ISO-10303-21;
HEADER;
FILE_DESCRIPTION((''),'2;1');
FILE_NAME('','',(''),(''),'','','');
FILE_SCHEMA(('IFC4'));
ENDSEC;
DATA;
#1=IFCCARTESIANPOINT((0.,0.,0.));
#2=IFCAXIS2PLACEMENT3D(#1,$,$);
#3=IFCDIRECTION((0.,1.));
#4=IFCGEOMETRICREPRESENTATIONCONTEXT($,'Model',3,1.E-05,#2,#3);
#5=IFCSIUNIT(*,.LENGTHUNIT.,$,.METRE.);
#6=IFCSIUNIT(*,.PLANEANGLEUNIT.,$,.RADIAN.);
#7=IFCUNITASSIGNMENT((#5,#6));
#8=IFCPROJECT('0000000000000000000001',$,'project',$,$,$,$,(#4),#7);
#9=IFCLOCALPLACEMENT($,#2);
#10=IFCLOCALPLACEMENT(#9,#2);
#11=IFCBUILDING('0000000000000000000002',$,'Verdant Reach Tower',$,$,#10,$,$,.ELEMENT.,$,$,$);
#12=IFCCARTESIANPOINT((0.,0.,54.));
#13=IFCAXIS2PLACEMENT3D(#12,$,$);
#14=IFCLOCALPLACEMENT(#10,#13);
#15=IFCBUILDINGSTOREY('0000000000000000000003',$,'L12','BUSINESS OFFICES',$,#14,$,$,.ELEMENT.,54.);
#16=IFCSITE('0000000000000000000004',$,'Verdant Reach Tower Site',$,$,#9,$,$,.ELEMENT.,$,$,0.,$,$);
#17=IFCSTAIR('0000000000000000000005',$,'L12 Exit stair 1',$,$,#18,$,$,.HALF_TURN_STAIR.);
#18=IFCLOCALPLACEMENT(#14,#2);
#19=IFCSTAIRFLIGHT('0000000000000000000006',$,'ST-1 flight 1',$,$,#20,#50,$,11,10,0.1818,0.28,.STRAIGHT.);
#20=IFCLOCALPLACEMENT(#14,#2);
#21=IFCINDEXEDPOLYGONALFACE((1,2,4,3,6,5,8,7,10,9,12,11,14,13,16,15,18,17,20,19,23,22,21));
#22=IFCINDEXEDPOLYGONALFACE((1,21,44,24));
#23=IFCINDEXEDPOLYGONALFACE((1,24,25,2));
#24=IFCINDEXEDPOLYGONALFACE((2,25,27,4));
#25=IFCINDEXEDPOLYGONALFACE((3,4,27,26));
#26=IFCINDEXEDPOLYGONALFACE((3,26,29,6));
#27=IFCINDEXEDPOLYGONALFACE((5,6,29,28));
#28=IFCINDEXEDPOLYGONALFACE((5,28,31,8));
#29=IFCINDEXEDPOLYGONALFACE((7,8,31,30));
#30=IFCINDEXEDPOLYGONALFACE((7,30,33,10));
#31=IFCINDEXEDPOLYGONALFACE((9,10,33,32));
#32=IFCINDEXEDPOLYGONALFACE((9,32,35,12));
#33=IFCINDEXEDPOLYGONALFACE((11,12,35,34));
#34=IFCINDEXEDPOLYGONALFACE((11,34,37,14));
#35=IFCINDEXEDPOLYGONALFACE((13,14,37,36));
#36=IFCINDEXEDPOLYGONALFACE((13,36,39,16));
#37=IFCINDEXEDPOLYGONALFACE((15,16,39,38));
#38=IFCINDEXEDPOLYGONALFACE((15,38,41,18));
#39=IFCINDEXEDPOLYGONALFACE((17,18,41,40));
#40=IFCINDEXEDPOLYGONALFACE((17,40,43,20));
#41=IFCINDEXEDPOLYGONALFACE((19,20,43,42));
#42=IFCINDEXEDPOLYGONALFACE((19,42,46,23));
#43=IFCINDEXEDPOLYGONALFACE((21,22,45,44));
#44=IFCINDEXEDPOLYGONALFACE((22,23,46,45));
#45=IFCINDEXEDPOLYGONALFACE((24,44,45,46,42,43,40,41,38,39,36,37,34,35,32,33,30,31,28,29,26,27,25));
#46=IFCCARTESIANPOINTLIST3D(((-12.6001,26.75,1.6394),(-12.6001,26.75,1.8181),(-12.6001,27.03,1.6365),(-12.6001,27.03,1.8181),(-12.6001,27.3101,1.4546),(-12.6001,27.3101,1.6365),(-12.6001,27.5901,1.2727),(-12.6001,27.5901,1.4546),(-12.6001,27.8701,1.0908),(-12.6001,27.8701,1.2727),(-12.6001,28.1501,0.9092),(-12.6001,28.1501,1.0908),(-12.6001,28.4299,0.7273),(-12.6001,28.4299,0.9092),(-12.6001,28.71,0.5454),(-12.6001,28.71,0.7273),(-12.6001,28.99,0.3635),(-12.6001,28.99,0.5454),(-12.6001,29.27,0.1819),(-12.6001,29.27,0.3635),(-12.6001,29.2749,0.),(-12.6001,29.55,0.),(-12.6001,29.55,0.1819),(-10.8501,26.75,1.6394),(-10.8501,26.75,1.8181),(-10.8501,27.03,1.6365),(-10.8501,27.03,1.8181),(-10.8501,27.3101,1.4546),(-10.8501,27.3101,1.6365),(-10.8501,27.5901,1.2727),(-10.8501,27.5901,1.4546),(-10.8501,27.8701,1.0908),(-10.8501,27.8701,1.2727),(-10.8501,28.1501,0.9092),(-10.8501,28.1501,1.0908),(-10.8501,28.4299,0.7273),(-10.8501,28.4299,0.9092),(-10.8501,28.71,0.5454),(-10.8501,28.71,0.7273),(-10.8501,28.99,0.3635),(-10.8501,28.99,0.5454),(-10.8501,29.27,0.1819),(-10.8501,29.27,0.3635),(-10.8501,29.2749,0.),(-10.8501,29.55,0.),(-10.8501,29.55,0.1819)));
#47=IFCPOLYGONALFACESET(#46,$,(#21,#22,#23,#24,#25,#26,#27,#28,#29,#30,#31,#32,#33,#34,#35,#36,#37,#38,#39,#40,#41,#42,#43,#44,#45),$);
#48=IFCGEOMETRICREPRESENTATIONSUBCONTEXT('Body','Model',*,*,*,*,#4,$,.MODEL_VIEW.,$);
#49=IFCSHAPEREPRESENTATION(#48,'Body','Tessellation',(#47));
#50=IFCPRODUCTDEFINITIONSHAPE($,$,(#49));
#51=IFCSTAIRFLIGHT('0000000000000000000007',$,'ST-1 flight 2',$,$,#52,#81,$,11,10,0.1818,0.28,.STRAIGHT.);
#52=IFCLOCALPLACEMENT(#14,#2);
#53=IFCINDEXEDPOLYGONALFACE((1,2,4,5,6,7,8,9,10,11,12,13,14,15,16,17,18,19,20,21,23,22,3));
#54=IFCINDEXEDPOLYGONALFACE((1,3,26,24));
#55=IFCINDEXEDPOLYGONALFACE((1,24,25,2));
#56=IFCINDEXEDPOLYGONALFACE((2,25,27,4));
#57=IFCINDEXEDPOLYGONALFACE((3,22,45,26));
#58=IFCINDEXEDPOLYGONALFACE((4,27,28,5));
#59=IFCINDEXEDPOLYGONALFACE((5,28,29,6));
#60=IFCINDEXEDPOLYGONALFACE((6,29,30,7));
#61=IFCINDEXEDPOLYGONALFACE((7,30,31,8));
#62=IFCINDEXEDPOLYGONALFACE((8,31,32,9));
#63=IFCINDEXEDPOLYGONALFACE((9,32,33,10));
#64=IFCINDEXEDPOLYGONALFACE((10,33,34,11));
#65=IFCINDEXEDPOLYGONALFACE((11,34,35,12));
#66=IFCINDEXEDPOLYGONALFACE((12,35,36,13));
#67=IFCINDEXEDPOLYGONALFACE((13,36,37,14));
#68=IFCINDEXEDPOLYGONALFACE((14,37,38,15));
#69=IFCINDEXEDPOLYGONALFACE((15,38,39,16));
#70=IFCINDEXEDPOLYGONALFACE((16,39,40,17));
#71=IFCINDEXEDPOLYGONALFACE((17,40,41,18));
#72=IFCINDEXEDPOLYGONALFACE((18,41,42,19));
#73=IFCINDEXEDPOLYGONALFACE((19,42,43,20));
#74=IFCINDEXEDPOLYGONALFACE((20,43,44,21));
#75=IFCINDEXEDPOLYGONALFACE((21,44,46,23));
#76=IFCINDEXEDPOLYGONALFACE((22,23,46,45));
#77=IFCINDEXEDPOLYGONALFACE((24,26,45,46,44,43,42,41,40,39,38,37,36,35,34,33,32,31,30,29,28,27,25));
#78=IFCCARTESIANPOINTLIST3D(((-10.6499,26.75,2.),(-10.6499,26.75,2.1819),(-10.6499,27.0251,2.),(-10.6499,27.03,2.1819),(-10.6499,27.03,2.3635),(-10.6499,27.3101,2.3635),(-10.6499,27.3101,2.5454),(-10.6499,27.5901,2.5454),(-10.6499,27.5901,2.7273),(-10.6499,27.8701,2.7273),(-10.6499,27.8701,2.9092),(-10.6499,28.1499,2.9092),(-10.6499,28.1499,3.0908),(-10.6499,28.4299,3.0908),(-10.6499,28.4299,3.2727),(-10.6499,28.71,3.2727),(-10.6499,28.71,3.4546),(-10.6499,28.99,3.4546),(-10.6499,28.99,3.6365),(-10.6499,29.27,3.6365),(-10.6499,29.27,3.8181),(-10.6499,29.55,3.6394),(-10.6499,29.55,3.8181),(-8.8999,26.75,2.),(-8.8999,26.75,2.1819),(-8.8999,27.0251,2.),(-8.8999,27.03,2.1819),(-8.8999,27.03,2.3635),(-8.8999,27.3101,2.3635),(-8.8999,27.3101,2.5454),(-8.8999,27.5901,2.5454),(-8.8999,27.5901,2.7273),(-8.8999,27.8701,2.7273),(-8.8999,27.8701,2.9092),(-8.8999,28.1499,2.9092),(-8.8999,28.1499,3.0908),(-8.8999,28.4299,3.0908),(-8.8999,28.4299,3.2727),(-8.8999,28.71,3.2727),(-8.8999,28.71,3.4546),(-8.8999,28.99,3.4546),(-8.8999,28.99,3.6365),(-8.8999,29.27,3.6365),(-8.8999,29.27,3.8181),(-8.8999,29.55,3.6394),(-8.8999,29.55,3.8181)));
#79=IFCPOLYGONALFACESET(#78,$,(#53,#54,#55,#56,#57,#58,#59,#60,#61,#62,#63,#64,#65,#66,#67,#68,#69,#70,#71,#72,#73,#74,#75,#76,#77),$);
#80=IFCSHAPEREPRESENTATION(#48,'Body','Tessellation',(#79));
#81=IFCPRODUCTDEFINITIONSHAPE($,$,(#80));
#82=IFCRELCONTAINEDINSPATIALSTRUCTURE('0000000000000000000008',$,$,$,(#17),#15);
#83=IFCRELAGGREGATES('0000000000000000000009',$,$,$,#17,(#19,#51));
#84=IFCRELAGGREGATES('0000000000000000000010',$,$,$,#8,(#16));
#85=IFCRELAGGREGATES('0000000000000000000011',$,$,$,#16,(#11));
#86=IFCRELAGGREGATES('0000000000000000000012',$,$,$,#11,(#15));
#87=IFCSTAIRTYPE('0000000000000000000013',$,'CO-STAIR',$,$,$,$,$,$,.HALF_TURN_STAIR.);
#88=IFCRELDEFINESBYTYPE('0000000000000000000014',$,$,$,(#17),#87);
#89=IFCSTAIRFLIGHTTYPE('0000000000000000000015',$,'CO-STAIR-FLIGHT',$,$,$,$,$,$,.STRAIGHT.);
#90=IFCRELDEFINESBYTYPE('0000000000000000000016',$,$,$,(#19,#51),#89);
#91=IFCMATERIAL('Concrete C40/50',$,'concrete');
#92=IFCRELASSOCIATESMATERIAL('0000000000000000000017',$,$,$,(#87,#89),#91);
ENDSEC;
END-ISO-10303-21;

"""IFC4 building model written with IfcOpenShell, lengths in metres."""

from ifc_helpers import new_model, si_unit, direction, frame, origin, place, context, subcontext, project, spatial, polyline, outline, extrude, material, type_object, element, aggregate, save


model = new_model("IFC4")

# Units and contexts
model_context = context("Model", 3, precision=1e-05, world=origin(), true_north=direction((0.0, 1.0)))
body_context = subcontext(model_context, "Body", "Model", "MODEL_VIEW")
ifc_project = project(units=[si_unit("LENGTHUNIT", "METRE"), si_unit("PLANEANGLEUNIT", "RADIAN")], contexts=[model_context])

# Site, building, storey
site_placement = place(None, origin())
site = spatial("IfcSite", under=ifc_project, at=site_placement, Name="Verdant Reach Tower Site", CompositionType="ELEMENT", RefElevation=0.0)
building_placement = place(site_placement, origin())
building = spatial("IfcBuilding", under=site, at=building_placement, Name="Verdant Reach Tower", CompositionType="ELEMENT")
storey_placement = place(building_placement, frame((0.0, 0.0, 54.0)))
storey = spatial("IfcBuildingStorey", under=building, at=storey_placement, Name="L12", Description="BUSINESS OFFICES", CompositionType="ELEMENT", Elevation=54.0)

# Shared definitions
ifc_material_1 = material(Name="Concrete C40/50", Category="concrete")

# Stair, stair flights
stair_type = type_object("IfcStairType", Name="CO-STAIR", PredefinedType="HALF_TURN_STAIR", material=ifc_material_1)
stair_placement = place(storey_placement, origin())
stair = element("IfcStair", 1, at=stair_placement, inside=storey, type_object=stair_type, Name="L12 Exit stair 1", PredefinedType="HALF_TURN_STAIR")
stair_flight_type = type_object("IfcStairFlightType", Name="CO-STAIR-FLIGHT", PredefinedType="STRAIGHT", material=ifc_material_1)
stair_flight_1_placement = place(storey_placement, frame((-11.7251, 29.55, 0.0), z_axis=(0.0, 0.0, 1.0), x_axis=(0.0, -1.0, 0.0)))
stair_flight_1 = element("IfcStairFlight", 2, at=stair_flight_1_placement, type_object=stair_flight_type, Name="ST-1 flight 1", NumberOfRisers=11, NumberOfTreads=10, PredefinedType="STRAIGHT", RiserHeight=0.1818, TreadLength=0.28, context=body_context, shape_type="SweptSolid", body=[
    extrude(outline(polyline([(0.0, 0.0), (0.0, 0.1819), (0.28, 0.1819), (0.28, 0.3635), (0.5601, 0.3635), (0.5601, 0.5454), (0.8401, 0.5454), (0.8401, 0.7273), (1.1201, 0.7273), (1.1201, 0.9092), (1.3999, 0.9092), (1.3999, 1.0908), (1.6799, 1.0908), (1.6799, 1.2727), (1.96, 1.2727), (1.96, 1.4546), (2.24, 1.4546), (2.24, 1.6365), (2.52, 1.6365), (2.52, 1.8181), (2.8, 1.8181), (2.8, 2.0), (2.8, 1.6394), (0.2751, 0.0), (0.0, 0.0)])), frame((0.0, 0.875, 0.0), z_axis=(0.0, -1.0, 0.0), x_axis=(1.0, 0.0, 0.0)), (0.0, 0.0, 1.0), 1.75),
])
stair_flight_2_placement = place(storey_placement, frame((-9.7749, 26.75, 2.0), z_axis=(0.0, 0.0, 1.0), x_axis=(0.0, 1.0, 0.0)))
stair_flight_2 = element("IfcStairFlight", 3, at=stair_flight_2_placement, type_object=stair_flight_type, Name="ST-1 flight 2", NumberOfRisers=11, NumberOfTreads=10, PredefinedType="STRAIGHT", RiserHeight=0.1818, TreadLength=0.28, context=body_context, shape_type="SweptSolid", body=[
    extrude(outline(polyline([(0.0, 0.0), (0.0, 0.1819), (0.28, 0.1819), (0.28, 0.3635), (0.5601, 0.3635), (0.5601, 0.5454), (0.8401, 0.5454), (0.8401, 0.7273), (1.1201, 0.7273), (1.1201, 0.9092), (1.3999, 0.9092), (1.3999, 1.0908), (1.6799, 1.0908), (1.6799, 1.2727), (1.96, 1.2727), (1.96, 1.4546), (2.24, 1.4546), (2.24, 1.6365), (2.52, 1.6365), (2.52, 1.8181), (2.8, 1.8181), (2.8, 2.0), (2.8, 1.6394), (0.2751, 0.0), (0.0, 0.0)])), frame((0.0, 0.875, 0.0), z_axis=(0.0, -1.0, 0.0), x_axis=(1.0, 0.0, 0.0)), (0.0, 0.0, 1.0), 1.75),
])
aggregate(stair, [stair_flight_1, stair_flight_2])

save(model, "model.ifc")
